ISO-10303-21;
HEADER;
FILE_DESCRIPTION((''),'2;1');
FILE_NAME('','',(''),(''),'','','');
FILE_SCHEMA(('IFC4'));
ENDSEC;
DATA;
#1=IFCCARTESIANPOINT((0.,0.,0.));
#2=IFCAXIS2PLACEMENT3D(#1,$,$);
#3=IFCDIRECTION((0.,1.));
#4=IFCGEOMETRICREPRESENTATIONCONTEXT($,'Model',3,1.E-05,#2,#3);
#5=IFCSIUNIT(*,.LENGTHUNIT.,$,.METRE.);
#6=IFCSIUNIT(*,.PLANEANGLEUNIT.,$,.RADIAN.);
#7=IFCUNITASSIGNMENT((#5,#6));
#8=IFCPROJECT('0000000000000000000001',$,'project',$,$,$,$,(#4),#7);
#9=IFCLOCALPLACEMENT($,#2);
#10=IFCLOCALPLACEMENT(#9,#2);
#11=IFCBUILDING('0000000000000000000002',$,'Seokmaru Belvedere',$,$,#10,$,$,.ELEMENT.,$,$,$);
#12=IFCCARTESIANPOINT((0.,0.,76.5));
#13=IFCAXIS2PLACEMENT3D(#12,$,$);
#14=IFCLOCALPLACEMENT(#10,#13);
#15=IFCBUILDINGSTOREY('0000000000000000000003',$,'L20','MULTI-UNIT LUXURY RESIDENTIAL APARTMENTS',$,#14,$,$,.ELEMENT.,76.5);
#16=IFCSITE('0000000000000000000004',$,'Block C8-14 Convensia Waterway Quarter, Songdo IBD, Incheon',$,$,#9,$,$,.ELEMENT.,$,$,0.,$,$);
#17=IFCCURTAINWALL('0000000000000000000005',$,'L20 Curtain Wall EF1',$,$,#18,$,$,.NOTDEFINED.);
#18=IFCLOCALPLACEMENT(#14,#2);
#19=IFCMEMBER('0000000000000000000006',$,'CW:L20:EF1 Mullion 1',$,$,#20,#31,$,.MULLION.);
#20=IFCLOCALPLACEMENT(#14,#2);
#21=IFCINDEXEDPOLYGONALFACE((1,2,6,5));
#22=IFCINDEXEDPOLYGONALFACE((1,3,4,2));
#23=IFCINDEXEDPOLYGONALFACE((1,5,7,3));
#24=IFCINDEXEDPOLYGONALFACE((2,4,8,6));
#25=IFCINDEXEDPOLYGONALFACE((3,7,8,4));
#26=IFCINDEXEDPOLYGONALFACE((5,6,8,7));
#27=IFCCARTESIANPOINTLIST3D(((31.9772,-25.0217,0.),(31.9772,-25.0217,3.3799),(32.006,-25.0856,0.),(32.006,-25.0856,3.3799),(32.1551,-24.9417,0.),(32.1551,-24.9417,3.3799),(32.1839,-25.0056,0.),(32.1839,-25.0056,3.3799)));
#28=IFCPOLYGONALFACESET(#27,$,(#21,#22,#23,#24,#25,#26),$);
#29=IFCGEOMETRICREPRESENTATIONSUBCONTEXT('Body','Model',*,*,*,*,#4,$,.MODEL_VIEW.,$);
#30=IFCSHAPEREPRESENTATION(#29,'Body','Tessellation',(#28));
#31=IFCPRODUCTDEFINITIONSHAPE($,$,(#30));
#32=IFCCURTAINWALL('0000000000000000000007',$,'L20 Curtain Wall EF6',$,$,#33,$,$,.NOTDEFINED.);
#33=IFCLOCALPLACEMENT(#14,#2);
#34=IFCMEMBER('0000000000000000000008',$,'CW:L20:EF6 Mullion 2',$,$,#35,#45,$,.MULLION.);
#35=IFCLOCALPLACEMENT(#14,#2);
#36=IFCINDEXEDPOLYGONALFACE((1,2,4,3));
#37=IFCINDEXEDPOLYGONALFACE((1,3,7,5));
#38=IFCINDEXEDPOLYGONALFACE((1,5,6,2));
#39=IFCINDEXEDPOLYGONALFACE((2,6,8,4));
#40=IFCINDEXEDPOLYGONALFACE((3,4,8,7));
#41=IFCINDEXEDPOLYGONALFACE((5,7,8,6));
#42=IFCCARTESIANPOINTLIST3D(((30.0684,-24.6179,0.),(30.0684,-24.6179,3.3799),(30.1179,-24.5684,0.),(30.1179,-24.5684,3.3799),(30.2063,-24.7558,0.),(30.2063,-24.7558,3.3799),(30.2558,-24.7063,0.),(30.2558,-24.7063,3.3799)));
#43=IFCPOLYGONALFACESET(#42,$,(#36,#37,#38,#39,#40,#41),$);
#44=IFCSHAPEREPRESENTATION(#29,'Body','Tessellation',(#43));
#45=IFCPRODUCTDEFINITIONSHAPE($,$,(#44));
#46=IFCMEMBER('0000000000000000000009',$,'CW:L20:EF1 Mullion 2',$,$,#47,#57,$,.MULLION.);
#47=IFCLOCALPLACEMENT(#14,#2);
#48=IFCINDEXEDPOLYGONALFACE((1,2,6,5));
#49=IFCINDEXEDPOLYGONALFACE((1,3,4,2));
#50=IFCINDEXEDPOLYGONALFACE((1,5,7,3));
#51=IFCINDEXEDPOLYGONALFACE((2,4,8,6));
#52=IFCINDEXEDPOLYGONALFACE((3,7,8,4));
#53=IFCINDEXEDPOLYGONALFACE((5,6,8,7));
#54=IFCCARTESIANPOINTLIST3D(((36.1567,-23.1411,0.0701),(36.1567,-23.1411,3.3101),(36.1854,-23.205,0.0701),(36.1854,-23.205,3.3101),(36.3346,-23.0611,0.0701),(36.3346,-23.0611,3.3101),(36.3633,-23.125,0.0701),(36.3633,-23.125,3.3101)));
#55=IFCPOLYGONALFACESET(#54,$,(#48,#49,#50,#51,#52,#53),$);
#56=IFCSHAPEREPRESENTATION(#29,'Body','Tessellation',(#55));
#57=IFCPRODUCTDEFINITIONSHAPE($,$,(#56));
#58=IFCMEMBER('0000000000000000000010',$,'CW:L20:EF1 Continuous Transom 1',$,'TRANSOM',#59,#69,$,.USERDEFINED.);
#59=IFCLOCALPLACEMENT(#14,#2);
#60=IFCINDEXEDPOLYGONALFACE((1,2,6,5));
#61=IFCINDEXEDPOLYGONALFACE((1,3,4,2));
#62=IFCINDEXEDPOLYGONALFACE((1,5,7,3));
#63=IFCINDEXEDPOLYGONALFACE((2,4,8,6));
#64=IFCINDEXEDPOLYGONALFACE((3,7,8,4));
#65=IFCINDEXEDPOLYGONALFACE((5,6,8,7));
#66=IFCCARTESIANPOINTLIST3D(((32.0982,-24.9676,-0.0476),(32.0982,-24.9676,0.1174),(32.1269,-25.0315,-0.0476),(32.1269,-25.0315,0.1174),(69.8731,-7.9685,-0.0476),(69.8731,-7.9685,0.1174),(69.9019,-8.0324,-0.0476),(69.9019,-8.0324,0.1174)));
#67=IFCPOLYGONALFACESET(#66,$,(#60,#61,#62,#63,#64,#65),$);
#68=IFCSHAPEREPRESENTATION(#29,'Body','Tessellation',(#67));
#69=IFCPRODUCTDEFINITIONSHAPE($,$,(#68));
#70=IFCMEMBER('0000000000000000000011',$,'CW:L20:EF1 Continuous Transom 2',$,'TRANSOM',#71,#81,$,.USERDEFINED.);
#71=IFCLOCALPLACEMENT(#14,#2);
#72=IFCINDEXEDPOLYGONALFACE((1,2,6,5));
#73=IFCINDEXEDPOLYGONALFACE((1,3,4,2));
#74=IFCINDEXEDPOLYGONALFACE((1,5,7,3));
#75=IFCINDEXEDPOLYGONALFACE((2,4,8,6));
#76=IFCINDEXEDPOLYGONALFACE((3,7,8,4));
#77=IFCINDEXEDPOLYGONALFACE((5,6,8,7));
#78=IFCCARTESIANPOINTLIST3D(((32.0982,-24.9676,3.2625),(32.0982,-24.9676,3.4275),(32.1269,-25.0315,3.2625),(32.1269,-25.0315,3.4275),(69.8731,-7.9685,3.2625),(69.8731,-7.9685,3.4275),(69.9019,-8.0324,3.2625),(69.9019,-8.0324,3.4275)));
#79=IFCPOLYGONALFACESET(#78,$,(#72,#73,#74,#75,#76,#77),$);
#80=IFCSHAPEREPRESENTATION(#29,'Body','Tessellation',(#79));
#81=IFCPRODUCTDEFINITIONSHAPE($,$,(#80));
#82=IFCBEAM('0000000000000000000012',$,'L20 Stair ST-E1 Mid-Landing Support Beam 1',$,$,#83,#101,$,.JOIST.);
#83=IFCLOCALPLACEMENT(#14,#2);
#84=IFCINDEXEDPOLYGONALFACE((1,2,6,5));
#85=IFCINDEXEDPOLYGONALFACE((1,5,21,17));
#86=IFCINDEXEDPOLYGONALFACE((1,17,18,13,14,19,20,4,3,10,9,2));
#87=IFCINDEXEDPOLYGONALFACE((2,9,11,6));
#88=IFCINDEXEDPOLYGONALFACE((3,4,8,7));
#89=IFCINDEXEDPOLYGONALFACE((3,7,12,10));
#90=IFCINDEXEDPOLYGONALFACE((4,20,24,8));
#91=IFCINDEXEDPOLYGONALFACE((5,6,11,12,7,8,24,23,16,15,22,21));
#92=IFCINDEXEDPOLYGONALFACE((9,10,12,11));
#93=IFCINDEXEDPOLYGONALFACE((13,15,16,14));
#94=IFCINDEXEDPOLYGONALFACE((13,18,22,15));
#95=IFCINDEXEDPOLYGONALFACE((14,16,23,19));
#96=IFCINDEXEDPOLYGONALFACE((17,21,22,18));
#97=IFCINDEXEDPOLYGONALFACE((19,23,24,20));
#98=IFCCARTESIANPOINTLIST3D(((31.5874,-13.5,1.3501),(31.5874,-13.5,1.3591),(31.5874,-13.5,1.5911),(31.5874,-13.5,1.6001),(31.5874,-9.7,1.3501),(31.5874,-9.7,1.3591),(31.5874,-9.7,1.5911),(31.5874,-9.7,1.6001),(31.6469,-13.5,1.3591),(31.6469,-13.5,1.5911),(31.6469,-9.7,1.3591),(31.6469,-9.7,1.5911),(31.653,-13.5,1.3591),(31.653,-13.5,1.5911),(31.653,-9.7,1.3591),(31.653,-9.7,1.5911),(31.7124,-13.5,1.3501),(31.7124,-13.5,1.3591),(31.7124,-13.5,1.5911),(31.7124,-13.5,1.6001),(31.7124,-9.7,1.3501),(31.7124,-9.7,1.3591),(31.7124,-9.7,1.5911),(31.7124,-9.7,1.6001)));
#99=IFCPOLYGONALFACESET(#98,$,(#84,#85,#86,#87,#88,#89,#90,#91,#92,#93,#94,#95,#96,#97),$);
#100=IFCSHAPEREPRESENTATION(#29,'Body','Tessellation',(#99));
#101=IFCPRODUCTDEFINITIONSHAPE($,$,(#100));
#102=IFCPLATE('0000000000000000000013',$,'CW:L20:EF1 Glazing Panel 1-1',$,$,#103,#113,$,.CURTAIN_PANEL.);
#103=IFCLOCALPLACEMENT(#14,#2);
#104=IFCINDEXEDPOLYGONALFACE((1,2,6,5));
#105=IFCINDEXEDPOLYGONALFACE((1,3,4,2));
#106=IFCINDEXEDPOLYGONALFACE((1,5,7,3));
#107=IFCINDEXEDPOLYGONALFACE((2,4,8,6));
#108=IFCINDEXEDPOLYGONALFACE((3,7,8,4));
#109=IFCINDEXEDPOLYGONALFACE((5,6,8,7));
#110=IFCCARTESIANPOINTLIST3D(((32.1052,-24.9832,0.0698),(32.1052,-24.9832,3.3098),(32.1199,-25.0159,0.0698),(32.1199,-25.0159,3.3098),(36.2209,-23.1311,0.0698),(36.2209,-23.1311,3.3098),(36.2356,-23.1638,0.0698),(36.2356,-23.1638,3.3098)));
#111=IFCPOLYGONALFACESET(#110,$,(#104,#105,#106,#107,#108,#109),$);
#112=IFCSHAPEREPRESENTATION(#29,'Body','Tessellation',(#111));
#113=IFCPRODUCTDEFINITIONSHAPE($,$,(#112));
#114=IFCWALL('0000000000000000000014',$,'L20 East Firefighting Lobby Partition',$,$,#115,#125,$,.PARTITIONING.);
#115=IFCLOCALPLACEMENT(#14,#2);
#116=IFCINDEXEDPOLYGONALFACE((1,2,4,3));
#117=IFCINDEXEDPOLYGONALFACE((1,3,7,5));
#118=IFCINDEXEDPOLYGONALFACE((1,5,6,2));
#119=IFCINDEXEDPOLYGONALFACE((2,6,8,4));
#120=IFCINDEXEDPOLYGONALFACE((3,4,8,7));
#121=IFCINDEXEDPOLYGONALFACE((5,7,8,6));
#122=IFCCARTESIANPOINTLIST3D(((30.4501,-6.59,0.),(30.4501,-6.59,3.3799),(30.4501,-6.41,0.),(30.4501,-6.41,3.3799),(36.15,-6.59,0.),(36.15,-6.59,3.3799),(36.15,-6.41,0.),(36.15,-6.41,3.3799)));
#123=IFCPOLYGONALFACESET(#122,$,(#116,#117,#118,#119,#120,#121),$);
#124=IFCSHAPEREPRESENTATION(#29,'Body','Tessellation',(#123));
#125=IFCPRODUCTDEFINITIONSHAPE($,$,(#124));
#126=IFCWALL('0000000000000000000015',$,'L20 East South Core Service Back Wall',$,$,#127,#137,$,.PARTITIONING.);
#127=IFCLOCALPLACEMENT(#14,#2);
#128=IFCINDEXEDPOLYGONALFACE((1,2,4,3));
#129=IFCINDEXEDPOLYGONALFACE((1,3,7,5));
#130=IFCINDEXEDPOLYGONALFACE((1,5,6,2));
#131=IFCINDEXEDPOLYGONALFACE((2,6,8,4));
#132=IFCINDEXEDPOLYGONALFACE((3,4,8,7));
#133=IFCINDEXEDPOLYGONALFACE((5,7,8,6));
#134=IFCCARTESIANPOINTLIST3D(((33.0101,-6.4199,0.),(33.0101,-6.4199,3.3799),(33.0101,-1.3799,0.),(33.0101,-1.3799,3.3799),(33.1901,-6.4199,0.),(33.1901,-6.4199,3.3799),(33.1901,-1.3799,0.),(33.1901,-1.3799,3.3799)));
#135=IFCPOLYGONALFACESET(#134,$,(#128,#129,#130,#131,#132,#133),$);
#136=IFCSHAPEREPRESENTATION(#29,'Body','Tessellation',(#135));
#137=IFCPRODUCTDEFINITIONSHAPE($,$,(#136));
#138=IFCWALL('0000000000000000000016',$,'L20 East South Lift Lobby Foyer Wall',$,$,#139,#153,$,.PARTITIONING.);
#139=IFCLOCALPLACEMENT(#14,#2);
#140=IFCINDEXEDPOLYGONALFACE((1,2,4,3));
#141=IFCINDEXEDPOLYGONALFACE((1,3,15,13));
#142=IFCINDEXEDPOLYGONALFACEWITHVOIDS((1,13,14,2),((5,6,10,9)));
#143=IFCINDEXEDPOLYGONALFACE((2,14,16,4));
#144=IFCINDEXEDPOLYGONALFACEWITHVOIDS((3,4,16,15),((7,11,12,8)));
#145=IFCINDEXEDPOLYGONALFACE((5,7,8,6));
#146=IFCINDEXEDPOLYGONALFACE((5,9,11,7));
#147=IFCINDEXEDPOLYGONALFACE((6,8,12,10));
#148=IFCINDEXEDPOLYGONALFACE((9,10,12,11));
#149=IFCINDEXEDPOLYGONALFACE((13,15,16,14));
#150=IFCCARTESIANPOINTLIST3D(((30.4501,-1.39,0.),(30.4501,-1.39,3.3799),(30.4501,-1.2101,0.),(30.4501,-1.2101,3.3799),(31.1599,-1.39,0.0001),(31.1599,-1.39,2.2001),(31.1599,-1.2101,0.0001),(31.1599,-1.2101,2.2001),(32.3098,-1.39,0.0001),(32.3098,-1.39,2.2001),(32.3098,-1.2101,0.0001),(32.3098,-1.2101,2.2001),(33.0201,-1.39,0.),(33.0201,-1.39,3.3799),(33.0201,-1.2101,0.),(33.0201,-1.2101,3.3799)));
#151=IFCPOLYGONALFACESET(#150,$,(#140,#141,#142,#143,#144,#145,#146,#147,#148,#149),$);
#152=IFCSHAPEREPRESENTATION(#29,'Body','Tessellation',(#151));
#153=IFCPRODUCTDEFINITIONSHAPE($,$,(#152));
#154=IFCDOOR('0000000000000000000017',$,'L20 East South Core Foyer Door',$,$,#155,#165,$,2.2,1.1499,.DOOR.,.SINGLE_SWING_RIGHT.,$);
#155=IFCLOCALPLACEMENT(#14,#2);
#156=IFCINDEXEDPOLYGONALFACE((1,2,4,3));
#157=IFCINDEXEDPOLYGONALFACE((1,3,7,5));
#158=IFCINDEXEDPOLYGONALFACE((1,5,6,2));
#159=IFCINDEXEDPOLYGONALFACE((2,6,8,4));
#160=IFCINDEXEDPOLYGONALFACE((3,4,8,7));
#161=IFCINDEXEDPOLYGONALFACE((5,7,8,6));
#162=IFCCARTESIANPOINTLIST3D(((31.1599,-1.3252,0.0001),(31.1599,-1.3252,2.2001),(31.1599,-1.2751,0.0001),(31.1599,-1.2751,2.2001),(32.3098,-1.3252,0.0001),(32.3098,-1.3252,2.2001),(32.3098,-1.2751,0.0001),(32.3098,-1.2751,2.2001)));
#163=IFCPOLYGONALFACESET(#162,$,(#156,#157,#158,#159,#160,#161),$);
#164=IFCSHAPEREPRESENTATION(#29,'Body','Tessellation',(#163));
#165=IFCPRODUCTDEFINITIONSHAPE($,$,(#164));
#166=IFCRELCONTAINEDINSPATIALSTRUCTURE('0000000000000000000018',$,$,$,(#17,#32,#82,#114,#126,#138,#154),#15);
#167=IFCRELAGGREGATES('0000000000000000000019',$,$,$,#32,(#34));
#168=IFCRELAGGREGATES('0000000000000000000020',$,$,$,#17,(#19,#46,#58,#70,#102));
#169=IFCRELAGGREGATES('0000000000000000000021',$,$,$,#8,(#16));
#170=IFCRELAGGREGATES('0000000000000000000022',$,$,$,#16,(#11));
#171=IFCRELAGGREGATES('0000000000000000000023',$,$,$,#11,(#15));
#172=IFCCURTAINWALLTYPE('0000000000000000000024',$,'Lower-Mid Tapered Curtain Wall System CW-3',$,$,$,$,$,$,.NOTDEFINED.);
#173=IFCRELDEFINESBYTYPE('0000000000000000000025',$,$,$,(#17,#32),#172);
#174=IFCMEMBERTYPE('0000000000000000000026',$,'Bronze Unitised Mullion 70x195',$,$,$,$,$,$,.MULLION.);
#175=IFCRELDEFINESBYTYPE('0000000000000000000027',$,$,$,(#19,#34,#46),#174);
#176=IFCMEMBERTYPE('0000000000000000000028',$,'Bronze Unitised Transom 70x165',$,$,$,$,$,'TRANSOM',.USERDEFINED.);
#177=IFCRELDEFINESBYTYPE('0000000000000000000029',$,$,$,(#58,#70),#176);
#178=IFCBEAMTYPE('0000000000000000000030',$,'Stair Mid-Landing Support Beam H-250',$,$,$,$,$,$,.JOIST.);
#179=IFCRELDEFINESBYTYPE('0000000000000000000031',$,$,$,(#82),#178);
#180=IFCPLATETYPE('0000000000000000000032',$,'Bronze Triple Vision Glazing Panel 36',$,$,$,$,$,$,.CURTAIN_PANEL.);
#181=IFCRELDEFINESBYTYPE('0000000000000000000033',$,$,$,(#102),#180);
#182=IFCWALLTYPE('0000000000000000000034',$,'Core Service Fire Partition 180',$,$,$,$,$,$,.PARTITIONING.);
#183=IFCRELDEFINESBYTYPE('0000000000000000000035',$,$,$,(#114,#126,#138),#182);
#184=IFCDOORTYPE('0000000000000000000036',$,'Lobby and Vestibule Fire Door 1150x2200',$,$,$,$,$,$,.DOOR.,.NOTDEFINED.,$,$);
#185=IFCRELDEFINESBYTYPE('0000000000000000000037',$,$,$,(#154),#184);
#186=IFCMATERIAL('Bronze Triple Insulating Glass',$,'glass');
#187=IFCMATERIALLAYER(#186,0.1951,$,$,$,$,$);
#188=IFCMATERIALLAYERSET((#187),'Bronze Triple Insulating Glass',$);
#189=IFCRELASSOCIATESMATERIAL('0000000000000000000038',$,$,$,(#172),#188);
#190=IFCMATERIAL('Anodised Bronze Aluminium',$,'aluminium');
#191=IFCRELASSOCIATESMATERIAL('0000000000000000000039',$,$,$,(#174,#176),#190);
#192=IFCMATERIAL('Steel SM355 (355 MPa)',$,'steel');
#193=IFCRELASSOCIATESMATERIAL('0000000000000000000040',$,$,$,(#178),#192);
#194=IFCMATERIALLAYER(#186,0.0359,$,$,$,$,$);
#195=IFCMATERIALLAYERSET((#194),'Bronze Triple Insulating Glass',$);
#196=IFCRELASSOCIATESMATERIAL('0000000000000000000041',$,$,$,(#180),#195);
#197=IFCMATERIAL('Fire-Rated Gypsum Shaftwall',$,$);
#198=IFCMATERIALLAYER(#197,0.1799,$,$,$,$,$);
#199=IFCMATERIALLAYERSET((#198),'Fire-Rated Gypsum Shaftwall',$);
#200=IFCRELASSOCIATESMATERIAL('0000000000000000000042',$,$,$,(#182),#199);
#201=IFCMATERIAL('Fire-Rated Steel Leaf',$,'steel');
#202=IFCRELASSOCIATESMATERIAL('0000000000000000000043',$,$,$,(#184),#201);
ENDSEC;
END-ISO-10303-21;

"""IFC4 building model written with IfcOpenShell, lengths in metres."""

from ifc_helpers import new_model, si_unit, direction, frame, frame_2d, origin, origin_2d, place, context, subcontext, project, spatial, rectangle, i_section, extrude, source, transform, mapped, material, layer, layer_set, material_profile, profile_set, type_object, type_shapes, element, fill, aggregate, save


model = new_model("IFC4")

# Units and contexts
model_context = context("Model", 3, precision=1e-05, world=origin(), true_north=direction((0.0, 1.0)))
body_context = subcontext(model_context, "Body", "Model", "MODEL_VIEW")
ifc_project = project(units=[si_unit("LENGTHUNIT", "METRE"), si_unit("PLANEANGLEUNIT", "RADIAN")], contexts=[model_context])

# Site, building, storey
site_placement = place(None, origin())
site = spatial("IfcSite", under=ifc_project, at=site_placement, Name="Block C8-14 Convensia Waterway Quarter, Songdo IBD, Incheon", CompositionType="ELEMENT", RefElevation=0.0)
building_placement = place(site_placement, origin())
building = spatial("IfcBuilding", under=site, at=building_placement, Name="Seokmaru Belvedere", CompositionType="ELEMENT")
storey_placement = place(building_placement, frame((0.0, 0.0, 76.5)))
storey = spatial("IfcBuildingStorey", under=building, at=storey_placement, Name="L20", Description="MULTI-UNIT LUXURY RESIDENTIAL APARTMENTS", CompositionType="ELEMENT", Elevation=76.5)

# Shared definitions
ifc_material_1 = material(Name="Steel SM355 (355 MPa)", Category="steel")

# Curtain walls, members
ifc_material_2 = material(Name="Bronze Triple Insulating Glass", Category="glass")
ifc_layer_1 = layer(ifc_material_2, 0.1951)
ifc_layer_set_1 = layer_set([ifc_layer_1], Name="Bronze Triple Insulating Glass")
curtain_wall_type = type_object("IfcCurtainWallType", Name="Lower-Mid Tapered Curtain Wall System CW-3", PredefinedType="NOTDEFINED", material=ifc_layer_set_1)
curtain_wall_1_placement = place(storey_placement, origin())
curtain_wall_1 = element("IfcCurtainWall", 1, at=curtain_wall_1_placement, inside=storey, type_object=curtain_wall_type, Name="L20 Curtain Wall EF1", PredefinedType="NOTDEFINED")
ifc_material_3 = material(Name="Anodised Bronze Aluminium", Category="aluminium")
ifc_material_profile_1 = material_profile(ifc_material_3, rectangle(XDim=0.0701, YDim=0.1951, at=origin_2d()), Name="CW-M-70x195")
ifc_profile_set_1 = profile_set([ifc_material_profile_1], Name="Anodised Bronze Aluminium")
member_type_1 = type_object("IfcMemberType", Name="Bronze Unitised Mullion 70x195", PredefinedType="MULLION", material=ifc_profile_set_1)
shared_shape_1 = source(origin(), body_context, "Body", "SweptSolid", [
    extrude(rectangle(XDim=0.0701, YDim=0.1951, at=origin_2d()), origin(), (0.0, 0.0, 1.0), 3.3799),
])
member_1_placement = place(storey_placement, frame((32.0806, -25.0137, 0.0), z_axis=(0.0, 0.0, 1.0), x_axis=(-0.410366, 0.911921, 0.0)))
member_1 = element("IfcMember", 2, at=member_1_placement, type_object=member_type_1, Name="CW:L20:EF1 Mullion 1", PredefinedType="MULLION", context=body_context, shape_type="MappedRepresentation", body=[
    mapped(shared_shape_1, transform((0.0, 0.0, 0.0), scale=1.0)),
])
curtain_wall_2_placement = place(storey_placement, origin())
curtain_wall_2 = element("IfcCurtainWall", 3, at=curtain_wall_2_placement, inside=storey, type_object=curtain_wall_type, Name="L20 Curtain Wall EF6", PredefinedType="NOTDEFINED")
member_2_placement = place(storey_placement, frame((30.1621, -24.6621, 0.0), z_axis=(0.0, 0.0, 1.0), x_axis=(0.707107, 0.707107, 0.0)))
member_2 = element("IfcMember", 4, at=member_2_placement, type_object=member_type_1, Name="CW:L20:EF6 Mullion 2", PredefinedType="MULLION", context=body_context, shape_type="MappedRepresentation", body=[
    mapped(shared_shape_1, transform((0.0, 0.0, 0.0), scale=1.0)),
])
aggregate(curtain_wall_2, [member_2])

# Members
shared_shape_2 = source(origin(), body_context, "Body", "SweptSolid", [
    extrude(rectangle(XDim=0.0701, YDim=0.1951, at=origin_2d()), origin(), (0.0, 0.0, 1.0), 3.24),
])
type_shapes(member_type_1, [shared_shape_1, shared_shape_2])
member_3_placement = place(storey_placement, frame((36.26, -23.1331, 0.0701), z_axis=(0.0, 0.0, 1.0), x_axis=(-0.410366, 0.911921, 0.0)))
member_3 = element("IfcMember", 5, at=member_3_placement, type_object=member_type_1, Name="CW:L20:EF1 Mullion 2", PredefinedType="MULLION", context=body_context, shape_type="MappedRepresentation", body=[
    mapped(shared_shape_2, transform((0.0, 0.0, 0.0), scale=1.0)),
])
ifc_material_profile_2 = material_profile(ifc_material_3, rectangle(XDim=0.0701, YDim=0.165, at=origin_2d()), Name="CW-T-70x165")
ifc_profile_set_2 = profile_set([ifc_material_profile_2], Name="Anodised Bronze Aluminium")
member_type_2 = type_object("IfcMemberType", Name="Bronze Unitised Transom 70x165", ElementType="TRANSOM", PredefinedType="USERDEFINED", material=ifc_profile_set_2)
shared_shape_3 = source(origin(), body_context, "Body", "SweptSolid", [
    extrude(rectangle(XDim=0.0701, YDim=0.165, at=origin_2d()), origin(), (0.0, 0.0, 1.0), 41.4236),
])
type_shapes(member_type_2, [shared_shape_3])
member_4_placement = place(storey_placement, frame((32.1125, -24.9995, 0.0349), z_axis=(0.911919, 0.410371, 0.0), x_axis=(-0.410371, 0.911919, 0.0)))
member_4 = element("IfcMember", 6, at=member_4_placement, type_object=member_type_2, Name="CW:L20:EF1 Continuous Transom 1", ObjectType="TRANSOM", PredefinedType="USERDEFINED", context=body_context, shape_type="MappedRepresentation", body=[
    mapped(shared_shape_3, transform((0.0, 0.0, 0.0), scale=1.0)),
])
member_5_placement = place(storey_placement, frame((32.1125, -24.9995, 3.345), z_axis=(0.911919, 0.410371, 0.0), x_axis=(-0.410371, 0.911919, 0.0)))
member_5 = element("IfcMember", 7, at=member_5_placement, type_object=member_type_2, Name="CW:L20:EF1 Continuous Transom 2", ObjectType="TRANSOM", PredefinedType="USERDEFINED", context=body_context, shape_type="MappedRepresentation", body=[
    mapped(shared_shape_3, transform((0.0, 0.0, 0.0), scale=1.0)),
])

# Beam
ifc_material_profile_3 = material_profile(ifc_material_1, i_section(OverallWidth=0.125, OverallDepth=0.25, WebThickness=0.0061, FlangeThickness=0.009, at=origin_2d()), Name="H-250x125x6x9")
ifc_profile_set_3 = profile_set([ifc_material_profile_3], Name="Steel SM355 (355 MPa)")
beam_type_1 = type_object("IfcBeamType", Name="Stair Mid-Landing Support Beam H-250", PredefinedType="JOIST", material=ifc_profile_set_3)
shared_shape_4 = source(origin(), body_context, "Body", "SweptSolid", [
    extrude(i_section(OverallWidth=0.125, OverallDepth=0.25, WebThickness=0.0061, FlangeThickness=0.009, at=origin_2d()), origin(), (0.0, 0.0, 1.0), 3.8),
])
type_shapes(beam_type_1, [shared_shape_4])
beam_1_placement = place(storey_placement, frame((31.6499, -13.5, 1.4751), z_axis=(0.0, 1.0, 0.0), x_axis=(-1.0, 0.0, 0.0)))
element("IfcBeam", 8, at=beam_1_placement, inside=storey, type_object=beam_type_1, Name="L20 Stair ST-E1 Mid-Landing Support Beam 1", PredefinedType="JOIST", context=body_context, shape_type="MappedRepresentation", body=[
    mapped(shared_shape_4, transform((0.0, 0.0, 0.0), scale=1.0)),
])

# Plate
ifc_layer_2 = layer(ifc_material_2, 0.0359)
ifc_layer_set_2 = layer_set([ifc_layer_2], Name="Bronze Triple Insulating Glass")
plate_type = type_object("IfcPlateType", Name="Bronze Triple Vision Glazing Panel 36", PredefinedType="CURTAIN_PANEL", material=ifc_layer_set_2)
shared_shape_5 = source(origin(), body_context, "Body", "SweptSolid", [
    extrude(rectangle(XDim=4.5132, YDim=0.0359, at=origin_2d()), origin(), (0.0, 0.0, 1.0), 3.24),
])
type_shapes(plate_type, [shared_shape_5])
plate_placement = place(storey_placement, frame((34.1704, -24.0735, 0.0698), z_axis=(0.0, 0.0, 1.0), x_axis=(0.911921, 0.410366, 0.0)))
plate = element("IfcPlate", 9, at=plate_placement, type_object=plate_type, Name="CW:L20:EF1 Glazing Panel 1-1", PredefinedType="CURTAIN_PANEL", context=body_context, shape_type="MappedRepresentation", body=[
    mapped(shared_shape_5, transform((0.0, 0.0, 0.0), scale=1.0)),
])
aggregate(curtain_wall_1, [member_1, member_3, member_4, member_5, plate])

# Walls
ifc_material_4 = material(Name="Fire-Rated Gypsum Shaftwall")
ifc_layer_3 = layer(ifc_material_4, 0.1799)
ifc_layer_set_3 = layer_set([ifc_layer_3], Name="Fire-Rated Gypsum Shaftwall")
wall_type_1 = type_object("IfcWallType", Name="Core Service Fire Partition 180", PredefinedType="PARTITIONING", material=ifc_layer_set_3)
wall_1_placement = place(storey_placement, frame((30.45, -6.5, 0.0), z_axis=(0.0, 0.0, 1.0), x_axis=(1.0, 0.0, 0.0)))
element("IfcWall", 10, at=wall_1_placement, inside=storey, type_object=wall_type_1, Name="L20 East Firefighting Lobby Partition", PredefinedType="PARTITIONING", context=body_context, shape_type="SweptSolid", body=[
    extrude(rectangle(XDim=5.7, YDim=0.1799, at=frame_2d((2.8501, 0.0))), origin(), (0.0, 0.0, 1.0), 3.3799),
])
wall_2_placement = place(storey_placement, frame((33.1001, -6.4199, 0.0), z_axis=(0.0, 0.0, 1.0), x_axis=(0.0, 1.0, 0.0)))
element("IfcWall", 11, at=wall_2_placement, inside=storey, type_object=wall_type_1, Name="L20 East South Core Service Back Wall", PredefinedType="PARTITIONING", context=body_context, shape_type="SweptSolid", body=[
    extrude(rectangle(XDim=5.04, YDim=0.1799, at=frame_2d((2.52, 0.0))), origin(), (0.0, 0.0, 1.0), 3.3799),
])

# Wall, opening, door
wall_3_placement = place(storey_placement, frame((30.45, -1.3, 0.0), z_axis=(0.0, 0.0, 1.0), x_axis=(1.0, 0.0, 0.0)))
wall_3 = element("IfcWall", 12, at=wall_3_placement, inside=storey, type_object=wall_type_1, Name="L20 East South Lift Lobby Foyer Wall", PredefinedType="PARTITIONING", context=body_context, shape_type="SweptSolid", body=[
    extrude(rectangle(XDim=2.5701, YDim=0.1799, at=frame_2d((1.2852, 0.0))), origin(), (0.0, 0.0, 1.0), 3.3799),
])
opening_1_placement = place(wall_3_placement, frame((0.71, 0.0, 0.0)))
opening_1 = element("IfcOpeningElement", 13, at=opening_1_placement, cuts=wall_3, PredefinedType="OPENING", context=body_context, shape_type="SweptSolid", body=[
    extrude(rectangle(XDim=1.1499, YDim=2.2, at=frame_2d((0.575, 1.1001))), frame((0.0, 0.1001, 0.0), z_axis=(0.0, -1.0, 0.0), x_axis=(1.0, 0.0, 0.0)), (0.0, 0.0, 1.0), 0.2),
])
ifc_material_5 = material(Name="Fire-Rated Steel Leaf", Category="steel")
door_type_1 = type_object("IfcDoorType", Name="Lobby and Vestibule Fire Door 1150x2200", OperationType="NOTDEFINED", PredefinedType="DOOR", material=ifc_material_5)
shared_shape_6 = source(origin(), body_context, "Body", "SweptSolid", [
    extrude(rectangle(XDim=1.1499, YDim=2.2, at=frame_2d((0.575, 1.1001))), frame((0.0, 0.0249, 0.0), z_axis=(0.0, -1.0, 0.0), x_axis=(1.0, 0.0, 0.0)), (0.0, 0.0, 1.0), 0.05),
])
type_shapes(door_type_1, [shared_shape_6])
door_1_placement = place(opening_1_placement, origin())
door_1 = element("IfcDoor", 14, at=door_1_placement, inside=storey, type_object=door_type_1, Name="L20 East South Core Foyer Door", OperationType="SINGLE_SWING_RIGHT", OverallHeight=2.2, OverallWidth=1.1499, PredefinedType="DOOR", context=body_context, shape_type="MappedRepresentation", body=[
    mapped(shared_shape_6, transform((0.0, 0.0, 0.0), scale=1.0)),
])
fill(opening_1, door_1)

save(model, "model.ifc")
